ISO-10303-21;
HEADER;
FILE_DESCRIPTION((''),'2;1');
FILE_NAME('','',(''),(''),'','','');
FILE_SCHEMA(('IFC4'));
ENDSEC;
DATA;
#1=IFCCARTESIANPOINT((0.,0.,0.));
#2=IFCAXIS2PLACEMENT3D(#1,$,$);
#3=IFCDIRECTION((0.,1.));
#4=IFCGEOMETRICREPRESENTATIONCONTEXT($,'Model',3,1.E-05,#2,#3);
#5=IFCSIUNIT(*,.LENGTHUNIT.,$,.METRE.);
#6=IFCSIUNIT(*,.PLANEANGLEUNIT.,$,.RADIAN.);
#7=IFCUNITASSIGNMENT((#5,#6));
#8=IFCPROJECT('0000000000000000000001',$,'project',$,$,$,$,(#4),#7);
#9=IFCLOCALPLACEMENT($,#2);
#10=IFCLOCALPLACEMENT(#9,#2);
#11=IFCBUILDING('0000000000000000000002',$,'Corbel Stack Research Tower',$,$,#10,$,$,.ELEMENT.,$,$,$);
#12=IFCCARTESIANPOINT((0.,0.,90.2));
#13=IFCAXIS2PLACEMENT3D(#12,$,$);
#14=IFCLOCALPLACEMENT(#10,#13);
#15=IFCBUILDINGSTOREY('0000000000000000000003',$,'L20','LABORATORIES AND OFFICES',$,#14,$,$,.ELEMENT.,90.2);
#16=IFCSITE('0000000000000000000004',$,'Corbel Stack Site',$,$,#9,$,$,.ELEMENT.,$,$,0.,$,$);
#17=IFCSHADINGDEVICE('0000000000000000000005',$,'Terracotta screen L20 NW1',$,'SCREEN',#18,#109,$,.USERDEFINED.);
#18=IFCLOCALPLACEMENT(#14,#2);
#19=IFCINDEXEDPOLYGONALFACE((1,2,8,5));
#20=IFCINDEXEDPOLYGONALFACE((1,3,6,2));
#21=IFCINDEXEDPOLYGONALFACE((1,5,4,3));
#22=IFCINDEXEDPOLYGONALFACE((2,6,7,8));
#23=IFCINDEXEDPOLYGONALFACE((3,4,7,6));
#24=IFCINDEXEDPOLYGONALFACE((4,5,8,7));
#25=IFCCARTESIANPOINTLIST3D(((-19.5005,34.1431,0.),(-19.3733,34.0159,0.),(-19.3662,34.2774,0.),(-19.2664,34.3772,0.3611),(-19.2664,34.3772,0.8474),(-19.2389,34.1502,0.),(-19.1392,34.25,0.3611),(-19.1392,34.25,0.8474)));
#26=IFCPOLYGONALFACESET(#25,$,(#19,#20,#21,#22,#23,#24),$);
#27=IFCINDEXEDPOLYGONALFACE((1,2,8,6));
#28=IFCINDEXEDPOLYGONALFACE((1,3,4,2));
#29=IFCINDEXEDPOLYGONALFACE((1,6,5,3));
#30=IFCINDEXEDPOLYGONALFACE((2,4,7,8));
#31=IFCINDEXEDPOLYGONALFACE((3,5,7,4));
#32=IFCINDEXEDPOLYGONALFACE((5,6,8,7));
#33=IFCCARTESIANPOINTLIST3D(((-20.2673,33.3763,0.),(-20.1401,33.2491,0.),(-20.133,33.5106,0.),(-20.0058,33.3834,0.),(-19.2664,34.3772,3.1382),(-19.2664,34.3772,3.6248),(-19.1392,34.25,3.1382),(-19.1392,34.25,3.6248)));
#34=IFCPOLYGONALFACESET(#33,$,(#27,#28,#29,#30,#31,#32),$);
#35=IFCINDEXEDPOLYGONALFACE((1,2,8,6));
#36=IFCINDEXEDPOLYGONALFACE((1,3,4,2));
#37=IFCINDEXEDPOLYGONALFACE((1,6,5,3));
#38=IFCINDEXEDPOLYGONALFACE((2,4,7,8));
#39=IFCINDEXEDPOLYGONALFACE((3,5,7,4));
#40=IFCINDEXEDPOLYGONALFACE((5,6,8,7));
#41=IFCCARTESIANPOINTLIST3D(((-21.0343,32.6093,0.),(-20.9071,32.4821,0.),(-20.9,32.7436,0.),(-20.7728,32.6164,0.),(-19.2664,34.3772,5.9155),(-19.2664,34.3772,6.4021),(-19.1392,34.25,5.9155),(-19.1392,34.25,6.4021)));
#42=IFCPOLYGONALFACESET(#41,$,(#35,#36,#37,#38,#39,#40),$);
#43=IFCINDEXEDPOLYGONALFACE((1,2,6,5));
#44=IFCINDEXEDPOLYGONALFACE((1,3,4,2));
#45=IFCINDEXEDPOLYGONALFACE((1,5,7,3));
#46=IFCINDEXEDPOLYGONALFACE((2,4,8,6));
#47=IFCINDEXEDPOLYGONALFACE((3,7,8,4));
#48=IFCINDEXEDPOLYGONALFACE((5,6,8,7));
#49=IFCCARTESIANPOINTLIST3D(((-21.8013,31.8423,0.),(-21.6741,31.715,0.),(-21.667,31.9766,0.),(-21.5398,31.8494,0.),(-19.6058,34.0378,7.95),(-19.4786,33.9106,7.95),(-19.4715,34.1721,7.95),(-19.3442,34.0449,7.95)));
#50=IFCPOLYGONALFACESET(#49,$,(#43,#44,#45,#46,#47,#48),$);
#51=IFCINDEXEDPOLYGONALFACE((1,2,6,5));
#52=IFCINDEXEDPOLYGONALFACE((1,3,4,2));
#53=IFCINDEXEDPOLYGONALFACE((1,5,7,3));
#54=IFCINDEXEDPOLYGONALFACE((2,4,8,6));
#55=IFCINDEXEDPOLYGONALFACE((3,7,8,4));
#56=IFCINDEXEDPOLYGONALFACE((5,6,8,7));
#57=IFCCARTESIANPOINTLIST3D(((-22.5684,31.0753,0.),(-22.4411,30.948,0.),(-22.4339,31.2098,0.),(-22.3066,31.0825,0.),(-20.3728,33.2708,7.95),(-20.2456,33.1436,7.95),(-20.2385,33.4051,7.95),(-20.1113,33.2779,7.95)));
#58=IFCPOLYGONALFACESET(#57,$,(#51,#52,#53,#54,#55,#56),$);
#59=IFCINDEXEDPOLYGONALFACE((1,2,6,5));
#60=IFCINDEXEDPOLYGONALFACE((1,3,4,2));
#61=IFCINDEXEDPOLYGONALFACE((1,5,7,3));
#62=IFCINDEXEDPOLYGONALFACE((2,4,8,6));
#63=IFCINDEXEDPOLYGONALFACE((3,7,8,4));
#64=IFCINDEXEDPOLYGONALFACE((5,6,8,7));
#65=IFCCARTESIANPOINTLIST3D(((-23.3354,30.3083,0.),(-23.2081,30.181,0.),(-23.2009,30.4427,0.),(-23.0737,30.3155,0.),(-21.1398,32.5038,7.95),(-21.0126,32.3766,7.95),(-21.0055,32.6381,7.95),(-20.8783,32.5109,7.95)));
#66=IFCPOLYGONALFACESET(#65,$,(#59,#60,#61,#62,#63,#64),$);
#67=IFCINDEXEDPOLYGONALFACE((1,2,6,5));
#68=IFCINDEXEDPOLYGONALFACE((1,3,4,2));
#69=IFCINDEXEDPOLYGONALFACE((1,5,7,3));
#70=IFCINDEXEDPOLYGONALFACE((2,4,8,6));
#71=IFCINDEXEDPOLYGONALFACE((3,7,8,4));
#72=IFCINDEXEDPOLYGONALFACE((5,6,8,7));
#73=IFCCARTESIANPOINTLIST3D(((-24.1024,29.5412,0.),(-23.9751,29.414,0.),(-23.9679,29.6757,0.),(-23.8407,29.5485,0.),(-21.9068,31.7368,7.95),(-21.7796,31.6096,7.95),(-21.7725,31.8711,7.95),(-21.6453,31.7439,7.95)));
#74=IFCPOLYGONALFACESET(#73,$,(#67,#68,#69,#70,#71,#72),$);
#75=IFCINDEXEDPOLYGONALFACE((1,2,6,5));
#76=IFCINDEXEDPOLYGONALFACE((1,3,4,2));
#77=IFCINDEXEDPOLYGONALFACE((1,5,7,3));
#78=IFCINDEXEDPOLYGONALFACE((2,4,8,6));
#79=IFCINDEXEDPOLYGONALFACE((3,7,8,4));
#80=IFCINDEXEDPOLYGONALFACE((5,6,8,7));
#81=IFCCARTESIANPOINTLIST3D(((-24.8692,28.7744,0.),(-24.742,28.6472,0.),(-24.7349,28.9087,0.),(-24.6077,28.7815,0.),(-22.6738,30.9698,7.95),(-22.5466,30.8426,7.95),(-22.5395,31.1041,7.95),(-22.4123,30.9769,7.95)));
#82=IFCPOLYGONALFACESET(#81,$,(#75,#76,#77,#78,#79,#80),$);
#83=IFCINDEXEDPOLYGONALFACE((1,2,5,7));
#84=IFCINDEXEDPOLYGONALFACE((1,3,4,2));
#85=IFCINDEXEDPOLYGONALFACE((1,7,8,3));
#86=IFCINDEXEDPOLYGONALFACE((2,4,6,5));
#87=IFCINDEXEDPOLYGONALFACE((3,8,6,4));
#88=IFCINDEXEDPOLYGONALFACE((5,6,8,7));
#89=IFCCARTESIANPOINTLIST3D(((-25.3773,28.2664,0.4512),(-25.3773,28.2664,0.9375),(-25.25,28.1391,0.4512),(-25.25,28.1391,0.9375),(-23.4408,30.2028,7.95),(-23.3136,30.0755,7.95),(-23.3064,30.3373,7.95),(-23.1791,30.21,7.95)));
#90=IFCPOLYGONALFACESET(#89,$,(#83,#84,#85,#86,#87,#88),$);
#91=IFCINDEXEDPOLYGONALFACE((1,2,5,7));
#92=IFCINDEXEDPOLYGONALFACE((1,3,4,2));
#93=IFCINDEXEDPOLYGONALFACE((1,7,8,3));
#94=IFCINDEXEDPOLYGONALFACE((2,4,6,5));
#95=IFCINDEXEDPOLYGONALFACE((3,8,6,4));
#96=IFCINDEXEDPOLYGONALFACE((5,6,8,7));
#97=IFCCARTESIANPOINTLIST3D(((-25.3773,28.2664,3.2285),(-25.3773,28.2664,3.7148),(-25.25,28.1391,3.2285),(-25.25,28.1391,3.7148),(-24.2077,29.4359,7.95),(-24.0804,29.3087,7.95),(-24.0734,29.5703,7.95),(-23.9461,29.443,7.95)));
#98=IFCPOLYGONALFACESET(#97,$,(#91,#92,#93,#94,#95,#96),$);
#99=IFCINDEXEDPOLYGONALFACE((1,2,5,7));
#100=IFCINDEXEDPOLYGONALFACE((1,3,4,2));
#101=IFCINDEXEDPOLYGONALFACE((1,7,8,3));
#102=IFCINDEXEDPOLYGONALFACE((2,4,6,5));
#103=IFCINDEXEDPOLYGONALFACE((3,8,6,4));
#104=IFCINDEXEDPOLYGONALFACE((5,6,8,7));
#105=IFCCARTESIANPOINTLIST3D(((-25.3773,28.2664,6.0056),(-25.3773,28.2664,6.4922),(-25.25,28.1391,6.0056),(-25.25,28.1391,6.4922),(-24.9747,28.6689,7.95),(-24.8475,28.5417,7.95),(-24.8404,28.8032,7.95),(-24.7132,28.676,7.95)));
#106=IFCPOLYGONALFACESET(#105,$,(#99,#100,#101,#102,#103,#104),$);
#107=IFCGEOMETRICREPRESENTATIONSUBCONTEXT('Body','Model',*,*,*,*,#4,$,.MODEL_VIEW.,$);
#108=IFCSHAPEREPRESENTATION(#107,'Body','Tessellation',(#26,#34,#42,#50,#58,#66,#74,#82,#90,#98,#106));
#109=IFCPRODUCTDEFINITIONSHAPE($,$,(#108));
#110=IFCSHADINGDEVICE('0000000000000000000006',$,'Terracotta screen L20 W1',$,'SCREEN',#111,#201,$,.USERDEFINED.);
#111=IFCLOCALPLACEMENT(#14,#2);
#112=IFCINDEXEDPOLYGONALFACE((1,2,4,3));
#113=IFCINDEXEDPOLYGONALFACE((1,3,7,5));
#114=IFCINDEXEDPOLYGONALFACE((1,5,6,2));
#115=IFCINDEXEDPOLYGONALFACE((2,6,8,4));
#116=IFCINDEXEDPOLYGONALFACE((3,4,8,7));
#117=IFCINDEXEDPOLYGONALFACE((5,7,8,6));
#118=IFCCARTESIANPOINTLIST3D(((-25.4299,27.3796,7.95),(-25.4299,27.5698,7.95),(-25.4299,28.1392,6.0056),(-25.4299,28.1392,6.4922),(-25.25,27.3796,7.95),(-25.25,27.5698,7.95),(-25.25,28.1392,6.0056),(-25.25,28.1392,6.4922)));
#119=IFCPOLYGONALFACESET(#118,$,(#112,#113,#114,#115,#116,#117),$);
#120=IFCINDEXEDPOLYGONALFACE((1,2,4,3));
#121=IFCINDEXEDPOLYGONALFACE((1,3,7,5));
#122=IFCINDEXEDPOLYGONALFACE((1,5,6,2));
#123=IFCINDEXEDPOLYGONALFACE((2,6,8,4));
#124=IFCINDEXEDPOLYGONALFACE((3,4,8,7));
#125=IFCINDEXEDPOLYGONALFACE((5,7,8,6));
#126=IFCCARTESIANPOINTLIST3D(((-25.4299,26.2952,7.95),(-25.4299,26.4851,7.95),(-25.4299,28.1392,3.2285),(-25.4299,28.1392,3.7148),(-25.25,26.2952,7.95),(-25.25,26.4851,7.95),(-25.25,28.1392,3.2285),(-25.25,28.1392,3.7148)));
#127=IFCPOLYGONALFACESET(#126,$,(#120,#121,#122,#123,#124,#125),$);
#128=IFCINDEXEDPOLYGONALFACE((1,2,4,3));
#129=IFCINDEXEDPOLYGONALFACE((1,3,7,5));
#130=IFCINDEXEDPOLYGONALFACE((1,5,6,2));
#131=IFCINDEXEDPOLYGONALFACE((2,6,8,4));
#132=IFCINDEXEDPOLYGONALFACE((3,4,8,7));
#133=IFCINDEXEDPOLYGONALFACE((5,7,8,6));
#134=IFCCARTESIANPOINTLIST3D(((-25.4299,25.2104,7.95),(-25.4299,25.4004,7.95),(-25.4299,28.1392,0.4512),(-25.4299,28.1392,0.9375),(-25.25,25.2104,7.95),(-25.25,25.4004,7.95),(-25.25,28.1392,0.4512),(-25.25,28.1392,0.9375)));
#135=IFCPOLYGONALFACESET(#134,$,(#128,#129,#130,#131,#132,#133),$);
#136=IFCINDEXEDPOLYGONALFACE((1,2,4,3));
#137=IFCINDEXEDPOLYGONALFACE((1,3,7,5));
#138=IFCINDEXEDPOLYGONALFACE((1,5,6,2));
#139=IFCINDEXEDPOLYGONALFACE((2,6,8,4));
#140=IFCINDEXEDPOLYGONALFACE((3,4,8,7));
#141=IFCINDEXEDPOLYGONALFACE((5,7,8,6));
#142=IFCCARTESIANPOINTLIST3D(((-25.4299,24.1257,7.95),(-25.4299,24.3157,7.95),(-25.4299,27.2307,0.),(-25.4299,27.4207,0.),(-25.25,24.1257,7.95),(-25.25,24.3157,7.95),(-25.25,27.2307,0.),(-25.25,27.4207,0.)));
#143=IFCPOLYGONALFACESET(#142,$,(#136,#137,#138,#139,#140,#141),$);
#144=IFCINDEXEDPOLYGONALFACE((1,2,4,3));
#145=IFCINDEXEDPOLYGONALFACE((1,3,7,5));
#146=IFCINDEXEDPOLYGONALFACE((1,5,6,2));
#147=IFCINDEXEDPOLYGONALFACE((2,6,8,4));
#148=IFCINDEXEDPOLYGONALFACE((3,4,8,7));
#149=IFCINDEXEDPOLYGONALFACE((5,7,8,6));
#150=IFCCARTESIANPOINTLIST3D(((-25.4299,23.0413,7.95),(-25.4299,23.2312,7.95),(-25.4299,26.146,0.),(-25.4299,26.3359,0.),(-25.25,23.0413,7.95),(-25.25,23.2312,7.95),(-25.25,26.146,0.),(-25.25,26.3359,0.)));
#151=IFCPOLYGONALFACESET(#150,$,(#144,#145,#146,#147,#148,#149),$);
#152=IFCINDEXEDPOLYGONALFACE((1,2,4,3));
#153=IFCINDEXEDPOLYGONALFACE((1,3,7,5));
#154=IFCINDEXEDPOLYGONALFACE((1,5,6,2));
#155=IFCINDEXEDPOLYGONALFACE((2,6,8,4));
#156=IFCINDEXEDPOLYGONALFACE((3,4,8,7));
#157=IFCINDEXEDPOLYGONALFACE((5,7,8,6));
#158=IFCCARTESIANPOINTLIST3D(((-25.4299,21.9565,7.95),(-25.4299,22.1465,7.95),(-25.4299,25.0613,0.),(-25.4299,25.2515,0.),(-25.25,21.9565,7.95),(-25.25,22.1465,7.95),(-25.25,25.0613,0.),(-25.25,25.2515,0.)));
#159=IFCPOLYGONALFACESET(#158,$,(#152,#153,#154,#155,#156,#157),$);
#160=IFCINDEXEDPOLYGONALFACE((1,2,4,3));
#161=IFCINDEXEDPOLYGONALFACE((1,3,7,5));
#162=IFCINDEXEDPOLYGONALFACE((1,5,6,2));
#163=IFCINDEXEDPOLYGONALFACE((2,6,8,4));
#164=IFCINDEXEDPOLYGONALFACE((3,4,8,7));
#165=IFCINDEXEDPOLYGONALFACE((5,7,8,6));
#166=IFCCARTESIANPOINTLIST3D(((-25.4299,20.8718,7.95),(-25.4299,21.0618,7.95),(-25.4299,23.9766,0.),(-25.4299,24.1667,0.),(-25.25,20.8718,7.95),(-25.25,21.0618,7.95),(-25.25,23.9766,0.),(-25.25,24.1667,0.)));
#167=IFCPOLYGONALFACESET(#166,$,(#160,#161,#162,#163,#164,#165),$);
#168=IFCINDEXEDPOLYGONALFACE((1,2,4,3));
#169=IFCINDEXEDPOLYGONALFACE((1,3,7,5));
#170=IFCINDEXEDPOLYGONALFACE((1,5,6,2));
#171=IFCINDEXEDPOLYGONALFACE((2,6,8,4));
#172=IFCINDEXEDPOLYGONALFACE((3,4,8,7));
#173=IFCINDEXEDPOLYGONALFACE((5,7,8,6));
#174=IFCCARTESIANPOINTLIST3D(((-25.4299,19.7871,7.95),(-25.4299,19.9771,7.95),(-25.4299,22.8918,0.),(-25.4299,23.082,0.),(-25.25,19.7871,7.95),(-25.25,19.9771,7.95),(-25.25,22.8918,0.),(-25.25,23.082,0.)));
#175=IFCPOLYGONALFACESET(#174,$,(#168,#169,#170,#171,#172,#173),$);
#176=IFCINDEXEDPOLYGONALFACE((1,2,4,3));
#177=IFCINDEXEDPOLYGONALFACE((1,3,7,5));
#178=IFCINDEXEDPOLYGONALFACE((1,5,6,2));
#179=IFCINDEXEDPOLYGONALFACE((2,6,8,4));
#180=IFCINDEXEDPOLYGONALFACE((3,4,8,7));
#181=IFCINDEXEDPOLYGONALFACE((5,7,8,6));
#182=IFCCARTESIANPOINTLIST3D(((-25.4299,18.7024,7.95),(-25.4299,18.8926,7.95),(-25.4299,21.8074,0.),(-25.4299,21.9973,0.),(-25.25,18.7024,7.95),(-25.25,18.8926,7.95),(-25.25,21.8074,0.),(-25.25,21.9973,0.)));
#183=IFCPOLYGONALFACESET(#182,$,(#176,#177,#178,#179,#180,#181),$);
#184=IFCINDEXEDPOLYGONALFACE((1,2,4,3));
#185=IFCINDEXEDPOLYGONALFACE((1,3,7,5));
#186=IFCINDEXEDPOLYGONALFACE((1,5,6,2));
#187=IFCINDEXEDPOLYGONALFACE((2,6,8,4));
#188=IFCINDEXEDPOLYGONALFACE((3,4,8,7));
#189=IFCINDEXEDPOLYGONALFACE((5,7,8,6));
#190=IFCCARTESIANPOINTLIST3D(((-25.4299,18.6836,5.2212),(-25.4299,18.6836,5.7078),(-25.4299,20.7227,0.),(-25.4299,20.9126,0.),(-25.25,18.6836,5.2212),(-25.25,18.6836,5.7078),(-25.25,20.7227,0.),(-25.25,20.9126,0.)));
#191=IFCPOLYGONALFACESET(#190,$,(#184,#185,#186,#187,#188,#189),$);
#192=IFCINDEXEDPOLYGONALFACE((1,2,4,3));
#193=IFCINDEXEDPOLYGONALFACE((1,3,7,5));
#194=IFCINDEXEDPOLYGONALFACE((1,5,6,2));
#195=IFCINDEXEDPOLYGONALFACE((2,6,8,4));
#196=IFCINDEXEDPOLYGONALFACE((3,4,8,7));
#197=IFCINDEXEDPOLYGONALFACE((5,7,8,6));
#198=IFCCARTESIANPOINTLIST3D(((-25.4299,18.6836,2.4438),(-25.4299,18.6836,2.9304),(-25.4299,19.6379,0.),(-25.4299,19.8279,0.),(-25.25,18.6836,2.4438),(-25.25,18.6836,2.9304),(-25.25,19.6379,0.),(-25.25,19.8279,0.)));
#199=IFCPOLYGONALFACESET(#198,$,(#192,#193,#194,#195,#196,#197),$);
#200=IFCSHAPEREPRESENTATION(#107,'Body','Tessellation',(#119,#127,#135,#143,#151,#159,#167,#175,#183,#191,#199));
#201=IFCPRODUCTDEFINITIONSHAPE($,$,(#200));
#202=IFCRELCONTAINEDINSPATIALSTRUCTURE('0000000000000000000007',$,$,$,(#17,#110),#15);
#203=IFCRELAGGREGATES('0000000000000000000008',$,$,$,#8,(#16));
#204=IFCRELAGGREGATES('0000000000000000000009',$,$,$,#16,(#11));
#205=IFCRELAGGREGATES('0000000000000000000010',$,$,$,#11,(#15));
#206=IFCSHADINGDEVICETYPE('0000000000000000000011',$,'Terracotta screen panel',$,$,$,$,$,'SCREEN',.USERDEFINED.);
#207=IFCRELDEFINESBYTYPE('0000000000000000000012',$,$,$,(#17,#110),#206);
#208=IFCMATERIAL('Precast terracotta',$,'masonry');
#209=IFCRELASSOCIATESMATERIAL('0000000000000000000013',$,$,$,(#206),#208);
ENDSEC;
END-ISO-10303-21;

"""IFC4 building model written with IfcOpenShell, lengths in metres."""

from ifc_helpers import new_model, si_unit, direction, frame, origin, place, context, subcontext, project, spatial, polyline, outline, extrude, source, transform, mapped, material, type_object, element, save


model = new_model("IFC4")

# Units and contexts
model_context = context("Model", 3, precision=1e-05, world=origin(), true_north=direction((0.0, 1.0)))
body_context = subcontext(model_context, "Body", "Model", "MODEL_VIEW")
ifc_project = project(units=[si_unit("LENGTHUNIT", "METRE"), si_unit("PLANEANGLEUNIT", "RADIAN")], contexts=[model_context])

# Site, building, storey
site_placement = place(None, origin())
site = spatial("IfcSite", under=ifc_project, at=site_placement, Name="Corbel Stack Site", CompositionType="ELEMENT", RefElevation=0.0)
building_placement = place(site_placement, origin())
building = spatial("IfcBuilding", under=site, at=building_placement, Name="Corbel Stack Research Tower", CompositionType="ELEMENT")
storey_placement = place(building_placement, frame((0.0, 0.0, 90.2)))
storey = spatial("IfcBuildingStorey", under=building, at=storey_placement, Name="L20", Description="LABORATORIES AND OFFICES", CompositionType="ELEMENT", Elevation=90.2)

# Shading devices
ifc_material_1 = material(Name="Precast terracotta", Category="masonry")
shading_device_type = type_object("IfcShadingDeviceType", Name="Terracotta screen panel", ElementType="SCREEN", PredefinedType="USERDEFINED", material=ifc_material_1)
shared_shape_1 = source(origin(), body_context, "Body", "SweptSolid", [
    extrude(outline(polyline([(0.3311, 0.0), (0.0, 0.8474), (0.0, 0.3611), (0.1411, 0.0), (0.3311, 0.0)])), frame((0.0, 0.0, 0.0), z_axis=(0.0, -1.0, 0.0), x_axis=(1.0, 0.0, 0.0)), (0.0, 0.0, 1.0), 0.1799),
    extrude(outline(polyline([(1.4155, 0.0), (0.0, 3.6248), (0.0, 3.1382), (1.2256, 0.0), (1.4155, 0.0)])), frame((0.0, 0.0, 0.0), z_axis=(0.0, -1.0, 0.0), x_axis=(1.0, 0.0, 0.0)), (0.0, 0.0, 1.0), 0.1799),
    extrude(outline(polyline([(2.5002, 0.0), (0.0, 6.4021), (0.0, 5.9155), (2.3103, 0.0), (2.5002, 0.0)])), frame((0.0, 0.0, 0.0), z_axis=(0.0, -1.0, 0.0), x_axis=(1.0, 0.0, 0.0)), (0.0, 0.0, 1.0), 0.1799),
    extrude(outline(polyline([(3.585, 0.0), (0.48, 7.95), (0.29, 7.95), (3.395, 0.0), (3.585, 0.0)])), frame((0.0, 0.0, 0.0), z_axis=(0.0, -1.0, 0.0), x_axis=(1.0, 0.0, 0.0)), (0.0, 0.0, 1.0), 0.1799),
    extrude(outline(polyline([(4.6697, 0.0), (1.5647, 7.95), (1.3748, 7.95), (4.4795, 0.0), (4.6697, 0.0)])), frame((0.0, 0.0, 0.0), z_axis=(0.0, -1.0, 0.0), x_axis=(1.0, 0.0, 0.0)), (0.0, 0.0, 1.0), 0.1799),
    extrude(outline(polyline([(5.7544, 0.0), (2.6494, 7.95), (2.4595, 7.95), (5.5642, 0.0), (5.7544, 0.0)])), frame((0.0, 0.0, 0.0), z_axis=(0.0, -1.0, 0.0), x_axis=(1.0, 0.0, 0.0)), (0.0, 0.0, 1.0), 0.1799),
    extrude(outline(polyline([(6.8391, 0.0), (3.7341, 7.95), (3.5442, 7.95), (6.6489, 0.0), (6.8391, 0.0)])), frame((0.0, 0.0, 0.0), z_axis=(0.0, -1.0, 0.0), x_axis=(1.0, 0.0, 0.0)), (0.0, 0.0, 1.0), 0.1799),
    extrude(outline(polyline([(7.9236, 0.0), (4.8188, 7.95), (4.6289, 7.95), (7.7336, 0.0), (7.9236, 0.0)])), frame((0.0, 0.0, 0.0), z_axis=(0.0, -1.0, 0.0), x_axis=(1.0, 0.0, 0.0)), (0.0, 0.0, 1.0), 0.1799),
    extrude(outline(polyline([(5.9036, 7.95), (5.7134, 7.95), (8.6421, 0.4512), (8.6421, 0.9375), (5.9036, 7.95)])), frame((0.0, 0.0, 0.0), z_axis=(0.0, -1.0, 0.0), x_axis=(1.0, 0.0, 0.0)), (0.0, 0.0, 1.0), 0.1799),
    extrude(outline(polyline([(6.988, 7.95), (6.7981, 7.95), (8.6421, 3.2285), (8.6421, 3.7148), (6.988, 7.95)])), frame((0.0, 0.0, 0.0), z_axis=(0.0, -1.0, 0.0), x_axis=(1.0, 0.0, 0.0)), (0.0, 0.0, 1.0), 0.1799),
    extrude(outline(polyline([(8.0728, 7.95), (7.8828, 7.95), (8.6421, 6.0056), (8.6421, 6.4922), (8.0728, 7.95)])), frame((0.0, 0.0, 0.0), z_axis=(0.0, -1.0, 0.0), x_axis=(1.0, 0.0, 0.0)), (0.0, 0.0, 1.0), 0.1799),
])
shading_device_1_placement = place(storey_placement, frame((-19.1392, 34.25, 0.0), z_axis=(0.0, 0.0, 1.0), x_axis=(-0.707107, -0.707107, 0.0)))
element("IfcShadingDevice", 1, at=shading_device_1_placement, inside=storey, type_object=shading_device_type, Name="Terracotta screen L20 NW1", ObjectType="SCREEN", PredefinedType="USERDEFINED", context=body_context, shape_type="MappedRepresentation", body=[
    mapped(shared_shape_1, transform((0.0, 0.0, 0.0))),
])
shared_shape_2 = source(origin(), body_context, "Body", "SweptSolid", [
    extrude(outline(polyline([(0.7595, 7.95), (0.5693, 7.95), (0.0, 6.4922), (0.0, 6.0056), (0.7595, 7.95)])), frame((0.0, 0.0, 0.0), z_axis=(0.0, -1.0, 0.0), x_axis=(1.0, 0.0, 0.0)), (0.0, 0.0, 1.0), 0.1799),
    extrude(outline(polyline([(1.844, 7.95), (1.6541, 7.95), (0.0, 3.7148), (0.0, 3.2285), (1.844, 7.95)])), frame((0.0, 0.0, 0.0), z_axis=(0.0, -1.0, 0.0), x_axis=(1.0, 0.0, 0.0)), (0.0, 0.0, 1.0), 0.1799),
    extrude(outline(polyline([(2.9287, 7.95), (2.7388, 7.95), (0.0, 0.9375), (0.0, 0.4512), (2.9287, 7.95)])), frame((0.0, 0.0, 0.0), z_axis=(0.0, -1.0, 0.0), x_axis=(1.0, 0.0, 0.0)), (0.0, 0.0, 1.0), 0.1799),
    extrude(outline(polyline([(0.9084, 0.0), (4.0134, 7.95), (3.8235, 7.95), (0.7185, 0.0), (0.9084, 0.0)])), frame((0.0, 0.0, 0.0), z_axis=(0.0, -1.0, 0.0), x_axis=(1.0, 0.0, 0.0)), (0.0, 0.0, 1.0), 0.1799),
    extrude(outline(polyline([(1.9932, 0.0), (5.0979, 7.95), (4.908, 7.95), (1.8032, 0.0), (1.9932, 0.0)])), frame((0.0, 0.0, 0.0), z_axis=(0.0, -1.0, 0.0), x_axis=(1.0, 0.0, 0.0)), (0.0, 0.0, 1.0), 0.1799),
    extrude(outline(polyline([(3.0779, 0.0), (6.1826, 7.95), (5.9927, 7.95), (2.8877, 0.0), (3.0779, 0.0)])), frame((0.0, 0.0, 0.0), z_axis=(0.0, -1.0, 0.0), x_axis=(1.0, 0.0, 0.0)), (0.0, 0.0, 1.0), 0.1799),
    extrude(outline(polyline([(4.1626, 0.0), (7.2673, 7.95), (7.0774, 7.95), (3.9724, 0.0), (4.1626, 0.0)])), frame((0.0, 0.0, 0.0), z_axis=(0.0, -1.0, 0.0), x_axis=(1.0, 0.0, 0.0)), (0.0, 0.0, 1.0), 0.1799),
    extrude(outline(polyline([(5.2473, 0.0), (8.3521, 7.95), (8.1621, 7.95), (5.0571, 0.0), (5.2473, 0.0)])), frame((0.0, 0.0, 0.0), z_axis=(0.0, -1.0, 0.0), x_axis=(1.0, 0.0, 0.0)), (0.0, 0.0, 1.0), 0.1799),
    extrude(outline(polyline([(6.3318, 0.0), (9.4368, 7.95), (9.2466, 7.95), (6.1418, 0.0), (6.3318, 0.0)])), frame((0.0, 0.0, 0.0), z_axis=(0.0, -1.0, 0.0), x_axis=(1.0, 0.0, 0.0)), (0.0, 0.0, 1.0), 0.1799),
    extrude(outline(polyline([(7.4165, 0.0), (9.4556, 5.2212), (9.4556, 5.7078), (7.2266, 0.0), (7.4165, 0.0)])), frame((0.0, 0.0, 0.0), z_axis=(0.0, -1.0, 0.0), x_axis=(1.0, 0.0, 0.0)), (0.0, 0.0, 1.0), 0.1799),
    extrude(outline(polyline([(8.5012, 0.0), (9.4556, 2.4438), (9.4556, 2.9304), (8.3113, 0.0), (8.5012, 0.0)])), frame((0.0, 0.0, 0.0), z_axis=(0.0, -1.0, 0.0), x_axis=(1.0, 0.0, 0.0)), (0.0, 0.0, 1.0), 0.1799),
])
shading_device_2_placement = place(storey_placement, frame((-25.25, 28.1392, 0.0), z_axis=(0.0, 0.0, 1.0), x_axis=(0.0, -1.0, 0.0)))
element("IfcShadingDevice", 2, at=shading_device_2_placement, inside=storey, type_object=shading_device_type, Name="Terracotta screen L20 W1", ObjectType="SCREEN", PredefinedType="USERDEFINED", context=body_context, shape_type="MappedRepresentation", body=[
    mapped(shared_shape_2, transform((0.0, 0.0, 0.0))),
])

save(model, "model.ifc")
